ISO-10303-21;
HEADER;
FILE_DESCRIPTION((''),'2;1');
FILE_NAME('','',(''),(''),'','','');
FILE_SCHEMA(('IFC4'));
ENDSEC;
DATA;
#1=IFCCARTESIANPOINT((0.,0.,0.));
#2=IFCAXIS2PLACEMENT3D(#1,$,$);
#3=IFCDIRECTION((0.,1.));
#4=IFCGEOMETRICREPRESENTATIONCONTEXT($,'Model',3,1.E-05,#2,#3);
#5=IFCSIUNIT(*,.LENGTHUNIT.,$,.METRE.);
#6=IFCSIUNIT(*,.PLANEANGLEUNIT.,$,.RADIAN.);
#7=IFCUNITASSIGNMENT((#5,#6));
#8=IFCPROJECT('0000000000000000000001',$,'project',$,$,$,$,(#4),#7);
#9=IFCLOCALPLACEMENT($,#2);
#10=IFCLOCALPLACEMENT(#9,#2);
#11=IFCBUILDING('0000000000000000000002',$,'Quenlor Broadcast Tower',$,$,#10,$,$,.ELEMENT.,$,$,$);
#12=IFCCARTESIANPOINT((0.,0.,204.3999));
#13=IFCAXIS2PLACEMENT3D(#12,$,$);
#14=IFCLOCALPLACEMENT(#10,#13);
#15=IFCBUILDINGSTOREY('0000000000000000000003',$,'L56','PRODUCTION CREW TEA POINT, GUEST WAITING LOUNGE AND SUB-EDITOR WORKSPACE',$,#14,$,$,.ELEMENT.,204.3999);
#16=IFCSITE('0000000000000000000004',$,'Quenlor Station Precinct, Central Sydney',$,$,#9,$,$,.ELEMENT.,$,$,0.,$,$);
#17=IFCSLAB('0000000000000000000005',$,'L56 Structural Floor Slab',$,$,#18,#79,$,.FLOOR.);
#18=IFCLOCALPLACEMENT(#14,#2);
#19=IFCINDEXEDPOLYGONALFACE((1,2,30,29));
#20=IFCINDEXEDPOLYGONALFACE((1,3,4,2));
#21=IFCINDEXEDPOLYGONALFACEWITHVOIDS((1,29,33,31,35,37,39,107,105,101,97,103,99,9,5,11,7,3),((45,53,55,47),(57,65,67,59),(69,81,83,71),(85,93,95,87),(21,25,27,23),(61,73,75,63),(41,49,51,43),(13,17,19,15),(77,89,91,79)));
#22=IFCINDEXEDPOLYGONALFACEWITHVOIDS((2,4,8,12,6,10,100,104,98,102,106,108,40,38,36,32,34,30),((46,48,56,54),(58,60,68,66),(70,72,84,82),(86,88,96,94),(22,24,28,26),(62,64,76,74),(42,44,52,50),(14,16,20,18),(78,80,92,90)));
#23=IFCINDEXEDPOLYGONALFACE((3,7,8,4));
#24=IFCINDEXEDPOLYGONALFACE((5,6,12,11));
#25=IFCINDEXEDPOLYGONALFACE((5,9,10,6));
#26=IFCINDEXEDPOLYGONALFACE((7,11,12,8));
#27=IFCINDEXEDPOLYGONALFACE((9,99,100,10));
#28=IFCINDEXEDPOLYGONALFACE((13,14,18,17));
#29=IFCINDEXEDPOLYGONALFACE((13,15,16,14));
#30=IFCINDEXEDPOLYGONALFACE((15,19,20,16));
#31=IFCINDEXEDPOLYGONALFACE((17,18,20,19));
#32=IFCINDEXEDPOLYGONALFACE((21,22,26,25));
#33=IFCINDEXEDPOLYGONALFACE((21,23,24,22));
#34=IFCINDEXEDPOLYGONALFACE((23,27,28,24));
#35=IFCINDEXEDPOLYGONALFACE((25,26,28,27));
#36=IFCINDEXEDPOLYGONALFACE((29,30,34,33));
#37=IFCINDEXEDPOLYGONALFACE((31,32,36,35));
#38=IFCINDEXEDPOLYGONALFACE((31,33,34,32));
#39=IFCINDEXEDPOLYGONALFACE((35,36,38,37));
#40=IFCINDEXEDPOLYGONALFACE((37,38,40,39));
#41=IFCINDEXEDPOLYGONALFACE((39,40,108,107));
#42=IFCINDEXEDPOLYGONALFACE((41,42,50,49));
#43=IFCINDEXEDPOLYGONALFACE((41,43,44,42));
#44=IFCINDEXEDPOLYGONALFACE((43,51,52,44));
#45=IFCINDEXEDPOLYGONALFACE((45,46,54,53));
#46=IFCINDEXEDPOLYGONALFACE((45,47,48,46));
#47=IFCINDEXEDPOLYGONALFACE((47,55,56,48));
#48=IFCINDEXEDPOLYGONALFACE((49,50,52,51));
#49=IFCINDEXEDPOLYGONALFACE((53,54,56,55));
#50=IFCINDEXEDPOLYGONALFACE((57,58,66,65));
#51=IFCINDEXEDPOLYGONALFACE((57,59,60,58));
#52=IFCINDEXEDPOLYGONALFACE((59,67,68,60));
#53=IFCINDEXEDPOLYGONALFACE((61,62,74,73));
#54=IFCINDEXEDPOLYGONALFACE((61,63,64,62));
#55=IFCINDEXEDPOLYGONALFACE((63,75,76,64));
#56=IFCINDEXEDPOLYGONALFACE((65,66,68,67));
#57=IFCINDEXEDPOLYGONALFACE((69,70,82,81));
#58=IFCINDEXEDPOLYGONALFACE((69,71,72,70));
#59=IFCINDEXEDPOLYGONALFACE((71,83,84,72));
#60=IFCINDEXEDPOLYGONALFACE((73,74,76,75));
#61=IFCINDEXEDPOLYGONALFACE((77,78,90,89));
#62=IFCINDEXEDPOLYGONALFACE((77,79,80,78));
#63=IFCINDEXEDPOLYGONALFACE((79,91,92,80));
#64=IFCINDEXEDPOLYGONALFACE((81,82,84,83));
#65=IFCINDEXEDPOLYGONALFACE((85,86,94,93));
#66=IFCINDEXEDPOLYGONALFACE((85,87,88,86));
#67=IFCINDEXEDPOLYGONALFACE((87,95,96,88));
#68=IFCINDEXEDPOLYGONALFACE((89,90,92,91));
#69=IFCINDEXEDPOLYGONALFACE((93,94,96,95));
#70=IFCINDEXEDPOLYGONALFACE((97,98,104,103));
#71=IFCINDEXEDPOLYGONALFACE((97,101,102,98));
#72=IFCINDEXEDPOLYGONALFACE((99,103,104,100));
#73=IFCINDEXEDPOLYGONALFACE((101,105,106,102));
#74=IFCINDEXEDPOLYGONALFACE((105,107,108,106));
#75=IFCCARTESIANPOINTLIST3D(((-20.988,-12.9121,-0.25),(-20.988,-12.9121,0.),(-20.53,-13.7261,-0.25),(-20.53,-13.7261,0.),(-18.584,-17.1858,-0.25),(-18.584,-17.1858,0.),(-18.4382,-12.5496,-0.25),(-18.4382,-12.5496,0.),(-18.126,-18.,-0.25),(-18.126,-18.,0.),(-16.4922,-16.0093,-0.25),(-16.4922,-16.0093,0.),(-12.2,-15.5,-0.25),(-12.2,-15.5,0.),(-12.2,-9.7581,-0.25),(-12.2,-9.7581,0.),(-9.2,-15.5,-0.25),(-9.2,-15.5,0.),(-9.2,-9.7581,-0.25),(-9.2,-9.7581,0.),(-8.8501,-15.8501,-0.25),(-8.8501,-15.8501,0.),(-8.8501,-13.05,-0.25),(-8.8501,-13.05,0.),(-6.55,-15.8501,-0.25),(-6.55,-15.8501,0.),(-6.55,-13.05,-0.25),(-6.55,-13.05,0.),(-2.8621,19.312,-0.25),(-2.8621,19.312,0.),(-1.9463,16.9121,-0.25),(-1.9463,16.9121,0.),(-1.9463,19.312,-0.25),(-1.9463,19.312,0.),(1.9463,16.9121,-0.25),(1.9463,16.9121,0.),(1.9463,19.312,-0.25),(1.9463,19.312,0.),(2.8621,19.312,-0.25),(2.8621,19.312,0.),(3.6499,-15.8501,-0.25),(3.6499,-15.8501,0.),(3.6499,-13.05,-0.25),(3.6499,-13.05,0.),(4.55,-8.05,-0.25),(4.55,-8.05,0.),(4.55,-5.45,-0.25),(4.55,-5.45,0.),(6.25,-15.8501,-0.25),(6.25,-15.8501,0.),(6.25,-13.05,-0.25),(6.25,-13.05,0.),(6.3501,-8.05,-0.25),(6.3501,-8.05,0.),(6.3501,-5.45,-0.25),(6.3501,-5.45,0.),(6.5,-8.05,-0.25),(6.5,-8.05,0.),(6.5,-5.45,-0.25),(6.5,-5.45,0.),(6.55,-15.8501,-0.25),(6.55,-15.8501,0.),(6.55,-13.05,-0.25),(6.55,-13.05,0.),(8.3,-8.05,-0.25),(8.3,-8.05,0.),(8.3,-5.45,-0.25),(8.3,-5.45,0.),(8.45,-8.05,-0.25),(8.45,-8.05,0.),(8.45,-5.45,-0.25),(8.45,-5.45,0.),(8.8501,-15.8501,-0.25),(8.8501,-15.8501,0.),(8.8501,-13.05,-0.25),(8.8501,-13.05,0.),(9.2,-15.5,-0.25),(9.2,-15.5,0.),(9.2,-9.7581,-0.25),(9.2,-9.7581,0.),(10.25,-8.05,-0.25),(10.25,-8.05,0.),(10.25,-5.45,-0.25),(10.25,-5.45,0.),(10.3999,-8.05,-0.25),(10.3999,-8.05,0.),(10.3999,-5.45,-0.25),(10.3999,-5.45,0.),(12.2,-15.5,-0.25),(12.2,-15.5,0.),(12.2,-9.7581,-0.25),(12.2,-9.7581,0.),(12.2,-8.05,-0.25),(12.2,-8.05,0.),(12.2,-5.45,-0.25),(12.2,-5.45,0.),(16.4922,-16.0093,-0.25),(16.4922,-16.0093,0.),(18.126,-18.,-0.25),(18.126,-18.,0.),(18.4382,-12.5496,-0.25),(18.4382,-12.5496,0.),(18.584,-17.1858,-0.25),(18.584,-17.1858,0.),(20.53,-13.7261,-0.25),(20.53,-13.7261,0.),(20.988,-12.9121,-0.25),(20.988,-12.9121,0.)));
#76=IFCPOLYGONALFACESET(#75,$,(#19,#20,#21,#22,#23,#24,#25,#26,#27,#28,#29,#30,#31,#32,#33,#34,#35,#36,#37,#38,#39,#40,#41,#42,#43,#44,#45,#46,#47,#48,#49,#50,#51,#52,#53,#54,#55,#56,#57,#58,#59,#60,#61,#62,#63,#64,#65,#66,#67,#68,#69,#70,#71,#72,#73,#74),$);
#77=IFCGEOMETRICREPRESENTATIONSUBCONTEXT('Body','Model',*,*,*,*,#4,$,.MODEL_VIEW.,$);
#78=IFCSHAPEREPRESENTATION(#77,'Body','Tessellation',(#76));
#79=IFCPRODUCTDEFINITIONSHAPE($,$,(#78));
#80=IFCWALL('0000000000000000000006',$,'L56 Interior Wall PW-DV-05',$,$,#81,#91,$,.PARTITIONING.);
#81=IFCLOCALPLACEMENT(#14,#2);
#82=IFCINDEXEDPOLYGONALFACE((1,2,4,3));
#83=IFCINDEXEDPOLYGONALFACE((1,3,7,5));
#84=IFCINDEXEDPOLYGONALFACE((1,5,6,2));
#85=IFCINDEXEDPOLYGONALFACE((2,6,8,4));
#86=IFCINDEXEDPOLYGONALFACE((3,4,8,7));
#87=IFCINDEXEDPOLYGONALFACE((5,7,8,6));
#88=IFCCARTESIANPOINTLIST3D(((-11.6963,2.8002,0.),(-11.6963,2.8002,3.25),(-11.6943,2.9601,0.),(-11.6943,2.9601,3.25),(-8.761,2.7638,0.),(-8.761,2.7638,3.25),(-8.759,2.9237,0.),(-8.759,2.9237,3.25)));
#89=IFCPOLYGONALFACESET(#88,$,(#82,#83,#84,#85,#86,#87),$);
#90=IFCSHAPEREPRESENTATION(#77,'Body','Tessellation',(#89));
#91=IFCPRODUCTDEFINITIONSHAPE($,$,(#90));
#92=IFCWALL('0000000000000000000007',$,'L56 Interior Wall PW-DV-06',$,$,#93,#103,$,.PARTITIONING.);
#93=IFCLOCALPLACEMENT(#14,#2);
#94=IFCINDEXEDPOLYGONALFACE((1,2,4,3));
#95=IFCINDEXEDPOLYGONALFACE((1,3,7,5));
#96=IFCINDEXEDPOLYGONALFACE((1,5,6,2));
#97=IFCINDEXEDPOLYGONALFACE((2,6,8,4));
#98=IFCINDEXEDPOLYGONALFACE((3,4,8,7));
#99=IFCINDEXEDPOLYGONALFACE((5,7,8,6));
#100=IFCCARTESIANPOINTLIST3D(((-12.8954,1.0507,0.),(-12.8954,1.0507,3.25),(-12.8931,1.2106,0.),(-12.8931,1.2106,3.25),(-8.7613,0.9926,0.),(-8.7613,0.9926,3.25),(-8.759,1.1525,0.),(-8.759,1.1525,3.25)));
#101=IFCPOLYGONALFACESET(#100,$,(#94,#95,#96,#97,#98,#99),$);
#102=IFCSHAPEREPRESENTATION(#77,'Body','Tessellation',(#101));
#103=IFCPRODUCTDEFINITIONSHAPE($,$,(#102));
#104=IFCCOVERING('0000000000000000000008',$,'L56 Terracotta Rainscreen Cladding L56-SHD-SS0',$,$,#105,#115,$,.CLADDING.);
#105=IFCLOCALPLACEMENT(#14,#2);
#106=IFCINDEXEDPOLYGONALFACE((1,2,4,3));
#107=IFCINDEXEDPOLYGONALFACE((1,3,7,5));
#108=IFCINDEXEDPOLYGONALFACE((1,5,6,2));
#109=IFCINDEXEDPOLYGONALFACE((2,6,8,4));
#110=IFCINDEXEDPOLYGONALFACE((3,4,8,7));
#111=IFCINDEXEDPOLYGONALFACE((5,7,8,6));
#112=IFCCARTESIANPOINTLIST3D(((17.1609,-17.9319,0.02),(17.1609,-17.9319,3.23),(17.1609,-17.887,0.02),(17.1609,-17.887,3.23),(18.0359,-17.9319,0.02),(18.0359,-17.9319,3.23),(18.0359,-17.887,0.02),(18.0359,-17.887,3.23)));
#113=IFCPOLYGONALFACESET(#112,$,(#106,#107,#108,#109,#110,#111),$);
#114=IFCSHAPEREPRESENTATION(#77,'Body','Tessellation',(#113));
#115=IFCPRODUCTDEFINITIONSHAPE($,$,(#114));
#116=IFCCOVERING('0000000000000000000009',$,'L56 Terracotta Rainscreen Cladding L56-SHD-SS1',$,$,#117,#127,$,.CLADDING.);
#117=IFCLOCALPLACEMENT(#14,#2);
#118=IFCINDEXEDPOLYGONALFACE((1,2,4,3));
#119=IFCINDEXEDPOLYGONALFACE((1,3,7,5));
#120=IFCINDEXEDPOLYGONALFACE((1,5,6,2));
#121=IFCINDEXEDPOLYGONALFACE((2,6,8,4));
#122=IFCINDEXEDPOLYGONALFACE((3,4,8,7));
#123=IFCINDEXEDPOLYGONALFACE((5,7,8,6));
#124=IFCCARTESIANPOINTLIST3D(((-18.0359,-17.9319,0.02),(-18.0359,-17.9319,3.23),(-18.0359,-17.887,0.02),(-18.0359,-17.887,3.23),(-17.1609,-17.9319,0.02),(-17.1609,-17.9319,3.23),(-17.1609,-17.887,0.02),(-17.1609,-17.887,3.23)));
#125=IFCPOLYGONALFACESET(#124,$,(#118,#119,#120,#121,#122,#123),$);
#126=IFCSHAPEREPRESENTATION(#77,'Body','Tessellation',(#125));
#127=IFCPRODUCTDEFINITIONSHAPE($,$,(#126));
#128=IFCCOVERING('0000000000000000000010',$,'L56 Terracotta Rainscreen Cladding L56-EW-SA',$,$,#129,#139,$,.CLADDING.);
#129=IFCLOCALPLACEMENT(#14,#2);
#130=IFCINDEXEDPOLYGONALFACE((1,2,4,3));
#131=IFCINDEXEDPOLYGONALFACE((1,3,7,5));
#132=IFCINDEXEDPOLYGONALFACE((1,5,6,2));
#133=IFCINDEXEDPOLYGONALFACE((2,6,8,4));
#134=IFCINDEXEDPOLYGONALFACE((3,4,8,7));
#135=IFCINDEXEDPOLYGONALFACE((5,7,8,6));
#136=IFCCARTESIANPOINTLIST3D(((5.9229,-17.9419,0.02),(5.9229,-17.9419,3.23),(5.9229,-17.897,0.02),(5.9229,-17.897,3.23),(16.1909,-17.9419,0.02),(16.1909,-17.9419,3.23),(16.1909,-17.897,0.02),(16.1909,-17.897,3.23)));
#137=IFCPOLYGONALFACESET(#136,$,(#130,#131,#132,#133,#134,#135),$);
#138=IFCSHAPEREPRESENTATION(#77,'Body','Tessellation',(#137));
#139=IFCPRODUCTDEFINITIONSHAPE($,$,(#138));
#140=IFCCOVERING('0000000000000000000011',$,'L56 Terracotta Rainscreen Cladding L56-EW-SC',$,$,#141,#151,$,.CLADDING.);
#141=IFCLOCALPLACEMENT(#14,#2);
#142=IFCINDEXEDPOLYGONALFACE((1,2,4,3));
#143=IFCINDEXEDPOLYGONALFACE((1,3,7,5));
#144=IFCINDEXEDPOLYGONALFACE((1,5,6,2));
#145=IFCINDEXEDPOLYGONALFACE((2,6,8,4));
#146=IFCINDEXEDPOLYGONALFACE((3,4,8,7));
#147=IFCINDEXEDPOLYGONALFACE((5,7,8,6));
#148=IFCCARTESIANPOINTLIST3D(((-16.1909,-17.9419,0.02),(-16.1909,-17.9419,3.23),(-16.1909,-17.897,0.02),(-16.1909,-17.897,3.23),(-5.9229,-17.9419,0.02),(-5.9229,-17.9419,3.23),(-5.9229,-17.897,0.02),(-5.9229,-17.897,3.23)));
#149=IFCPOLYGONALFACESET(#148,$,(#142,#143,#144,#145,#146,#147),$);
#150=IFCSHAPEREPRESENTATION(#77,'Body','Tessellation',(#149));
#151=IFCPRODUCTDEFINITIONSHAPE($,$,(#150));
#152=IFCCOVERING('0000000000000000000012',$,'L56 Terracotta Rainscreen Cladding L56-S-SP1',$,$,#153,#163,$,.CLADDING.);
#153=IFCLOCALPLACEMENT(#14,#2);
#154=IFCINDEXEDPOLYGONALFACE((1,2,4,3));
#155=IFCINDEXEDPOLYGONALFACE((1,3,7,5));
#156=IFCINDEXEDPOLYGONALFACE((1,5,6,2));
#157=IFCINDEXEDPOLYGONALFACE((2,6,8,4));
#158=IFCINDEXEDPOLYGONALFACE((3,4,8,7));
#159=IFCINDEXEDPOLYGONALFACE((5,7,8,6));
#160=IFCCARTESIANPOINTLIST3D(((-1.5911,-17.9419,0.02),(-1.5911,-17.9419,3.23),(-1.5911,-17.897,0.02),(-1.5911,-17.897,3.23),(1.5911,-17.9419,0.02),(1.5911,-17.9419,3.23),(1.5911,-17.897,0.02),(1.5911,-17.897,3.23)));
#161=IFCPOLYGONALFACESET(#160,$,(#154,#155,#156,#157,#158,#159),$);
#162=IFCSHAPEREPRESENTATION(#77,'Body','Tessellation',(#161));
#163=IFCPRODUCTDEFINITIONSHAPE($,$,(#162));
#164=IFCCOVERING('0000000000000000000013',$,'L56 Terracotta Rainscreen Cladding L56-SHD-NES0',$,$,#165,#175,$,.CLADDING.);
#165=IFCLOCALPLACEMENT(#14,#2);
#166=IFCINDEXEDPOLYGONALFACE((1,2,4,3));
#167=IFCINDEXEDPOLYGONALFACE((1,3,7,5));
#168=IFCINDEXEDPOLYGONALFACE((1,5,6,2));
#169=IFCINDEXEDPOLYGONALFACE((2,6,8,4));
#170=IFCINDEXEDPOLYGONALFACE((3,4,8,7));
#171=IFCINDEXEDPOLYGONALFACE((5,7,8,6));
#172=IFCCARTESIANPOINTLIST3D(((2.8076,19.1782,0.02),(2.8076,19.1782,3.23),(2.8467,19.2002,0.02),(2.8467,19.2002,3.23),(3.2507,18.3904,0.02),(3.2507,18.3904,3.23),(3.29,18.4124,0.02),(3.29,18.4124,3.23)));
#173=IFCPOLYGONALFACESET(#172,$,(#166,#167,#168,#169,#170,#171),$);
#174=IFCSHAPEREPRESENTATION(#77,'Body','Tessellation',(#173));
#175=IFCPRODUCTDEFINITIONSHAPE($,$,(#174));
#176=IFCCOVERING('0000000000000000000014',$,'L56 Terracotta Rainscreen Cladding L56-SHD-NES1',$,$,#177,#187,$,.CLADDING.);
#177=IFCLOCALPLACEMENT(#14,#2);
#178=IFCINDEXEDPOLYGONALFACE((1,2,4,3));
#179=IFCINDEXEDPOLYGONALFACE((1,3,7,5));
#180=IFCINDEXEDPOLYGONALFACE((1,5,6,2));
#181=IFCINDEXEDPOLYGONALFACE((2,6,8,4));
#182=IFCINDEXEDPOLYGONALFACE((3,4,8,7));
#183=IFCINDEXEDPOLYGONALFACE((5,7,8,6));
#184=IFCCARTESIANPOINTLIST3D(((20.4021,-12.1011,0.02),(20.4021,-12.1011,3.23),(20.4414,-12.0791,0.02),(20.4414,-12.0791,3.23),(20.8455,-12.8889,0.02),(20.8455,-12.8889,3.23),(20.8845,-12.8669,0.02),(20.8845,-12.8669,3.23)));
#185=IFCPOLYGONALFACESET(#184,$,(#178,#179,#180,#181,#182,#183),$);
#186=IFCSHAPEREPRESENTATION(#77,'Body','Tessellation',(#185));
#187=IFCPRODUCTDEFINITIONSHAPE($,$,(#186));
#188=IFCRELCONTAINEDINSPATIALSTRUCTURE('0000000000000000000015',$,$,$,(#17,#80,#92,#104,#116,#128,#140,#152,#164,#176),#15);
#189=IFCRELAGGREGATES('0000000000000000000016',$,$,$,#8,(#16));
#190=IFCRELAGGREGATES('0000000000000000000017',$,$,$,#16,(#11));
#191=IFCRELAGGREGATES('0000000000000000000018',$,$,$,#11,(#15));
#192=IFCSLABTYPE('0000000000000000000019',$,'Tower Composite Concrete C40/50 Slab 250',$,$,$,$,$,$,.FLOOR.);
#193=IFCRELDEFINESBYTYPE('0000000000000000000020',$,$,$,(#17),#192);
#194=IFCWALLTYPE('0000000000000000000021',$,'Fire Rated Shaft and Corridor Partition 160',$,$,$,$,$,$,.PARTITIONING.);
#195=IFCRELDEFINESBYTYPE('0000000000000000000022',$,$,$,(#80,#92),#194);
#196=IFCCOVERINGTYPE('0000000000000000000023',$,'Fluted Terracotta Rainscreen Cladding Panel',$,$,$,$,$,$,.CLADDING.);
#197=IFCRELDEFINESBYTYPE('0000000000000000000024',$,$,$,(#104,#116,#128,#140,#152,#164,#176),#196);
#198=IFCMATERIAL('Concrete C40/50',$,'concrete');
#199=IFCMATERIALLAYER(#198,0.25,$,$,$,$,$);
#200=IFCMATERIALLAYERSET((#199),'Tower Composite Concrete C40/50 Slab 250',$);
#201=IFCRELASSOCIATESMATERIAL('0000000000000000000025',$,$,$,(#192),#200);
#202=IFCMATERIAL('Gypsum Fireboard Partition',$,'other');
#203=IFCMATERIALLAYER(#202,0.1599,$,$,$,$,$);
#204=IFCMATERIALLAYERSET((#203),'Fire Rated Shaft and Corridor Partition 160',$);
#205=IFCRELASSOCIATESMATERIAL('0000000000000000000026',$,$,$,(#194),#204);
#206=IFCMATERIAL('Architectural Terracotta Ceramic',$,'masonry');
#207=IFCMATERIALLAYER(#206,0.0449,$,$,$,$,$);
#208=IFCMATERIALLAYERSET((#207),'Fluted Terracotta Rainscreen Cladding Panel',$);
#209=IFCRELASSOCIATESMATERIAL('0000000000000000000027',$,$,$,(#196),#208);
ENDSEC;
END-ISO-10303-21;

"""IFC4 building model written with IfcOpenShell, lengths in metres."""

from ifc_helpers import new_model, si_unit, direction, frame, frame_2d, origin, place, context, subcontext, project, spatial, polyline, rectangle, outline, extrude, material, layer, layer_set, type_object, element, save


model = new_model("IFC4")

# Units and contexts
model_context = context("Model", 3, precision=1e-05, world=origin(), true_north=direction((0.0, 1.0)))
body_context = subcontext(model_context, "Body", "Model", "MODEL_VIEW")
ifc_project = project(units=[si_unit("LENGTHUNIT", "METRE"), si_unit("PLANEANGLEUNIT", "RADIAN")], contexts=[model_context])

# Site, building, storey
site_placement = place(None, origin())
site = spatial("IfcSite", under=ifc_project, at=site_placement, Name="Quenlor Station Precinct, Central Sydney", CompositionType="ELEMENT", RefElevation=0.0)
building_placement = place(site_placement, origin())
building = spatial("IfcBuilding", under=site, at=building_placement, Name="Quenlor Broadcast Tower", CompositionType="ELEMENT")
storey_placement = place(building_placement, frame((0.0, 0.0, 204.3999)))
storey = spatial("IfcBuildingStorey", under=building, at=storey_placement, Name="L56", Description="PRODUCTION CREW TEA POINT, GUEST WAITING LOUNGE AND SUB-EDITOR WORKSPACE", CompositionType="ELEMENT", Elevation=204.3999)

# Slab
ifc_material_1 = material(Name="Concrete C40/50", Category="concrete")
ifc_layer_1 = layer(ifc_material_1, 0.25)
ifc_layer_set_1 = layer_set([ifc_layer_1], Name="Tower Composite Concrete C40/50 Slab 250")
slab_type = type_object("IfcSlabType", Name="Tower Composite Concrete C40/50 Slab 250", PredefinedType="FLOOR", material=ifc_layer_set_1)
slab_placement = place(storey_placement, frame((0.0, 0.0, -0.25)))
element("IfcSlab", 1, at=slab_placement, inside=storey, type_object=slab_type, Name="L56 Structural Floor Slab", PredefinedType="FLOOR", context=body_context, shape_type="SweptSolid", body=[
    extrude(outline(polyline([(18.126, -18.0), (18.584, -17.1858), (16.4922, -16.0093), (18.4382, -12.5496), (20.53, -13.7261), (20.988, -12.9121), (2.8621, 19.312), (1.9463, 19.312), (1.9463, 16.9121), (-1.9463, 16.9121), (-1.9463, 19.312), (-2.8621, 19.312), (-20.988, -12.9121), (-20.53, -13.7261), (-18.4382, -12.5496), (-16.4922, -16.0093), (-18.584, -17.1858), (-18.126, -18.0), (18.126, -18.0)]), holes=[polyline([(-12.2, -9.7581), (-12.2, -15.5), (-9.2, -15.5), (-9.2, -9.7581), (-12.2, -9.7581)]), polyline([(9.2, -9.7581), (9.2, -15.5), (12.2, -15.5), (12.2, -9.7581), (9.2, -9.7581)]), polyline([(4.55, -8.05), (6.3501, -8.05), (6.3501, -5.45), (4.55, -5.45), (4.55, -8.05)]), polyline([(6.5, -8.05), (8.3, -8.05), (8.3, -5.45), (6.5, -5.45), (6.5, -8.05)]), polyline([(8.45, -8.05), (10.25, -8.05), (10.25, -5.45), (8.45, -5.45), (8.45, -8.05)]), polyline([(10.3999, -8.05), (12.2, -8.05), (12.2, -5.45), (10.3999, -5.45), (10.3999, -8.05)]), polyline([(-8.8501, -15.8501), (-6.55, -15.8501), (-6.55, -13.05), (-8.8501, -13.05), (-8.8501, -15.8501)]), polyline([(6.55, -15.8501), (8.8501, -15.8501), (8.8501, -13.05), (6.55, -13.05), (6.55, -15.8501)]), polyline([(3.6499, -15.8501), (6.25, -15.8501), (6.25, -13.05), (3.6499, -13.05), (3.6499, -15.8501)])]), origin(), (0.0, 0.0, 1.0), 0.25),
])

# Walls
ifc_material_2 = material(Name="Gypsum Fireboard Partition", Category="other")
ifc_layer_2 = layer(ifc_material_2, 0.1599)
ifc_layer_set_2 = layer_set([ifc_layer_2], Name="Fire Rated Shaft and Corridor Partition 160")
wall_type = type_object("IfcWallType", Name="Fire Rated Shaft and Corridor Partition 160", PredefinedType="PARTITIONING", material=ifc_layer_set_2)
wall_1_placement = place(storey_placement, frame((-8.76, 2.8438, 0.0), z_axis=(0.0, 0.0, 1.0), x_axis=(-0.999923, 0.012392, 0.0)))
element("IfcWall", 2, at=wall_1_placement, inside=storey, type_object=wall_type, Name="L56 Interior Wall PW-DV-05", PredefinedType="PARTITIONING", context=body_context, shape_type="SweptSolid", body=[
    extrude(rectangle(XDim=2.9355, YDim=0.1599, at=frame_2d((1.4678, 0.0))), origin(), (0.0, 0.0, 1.0), 3.25),
])
wall_2_placement = place(storey_placement, frame((-8.76, 1.0725, 0.0), z_axis=(0.0, 0.0, 1.0), x_axis=(-0.999901, 0.014054, 0.0)))
element("IfcWall", 3, at=wall_2_placement, inside=storey, type_object=wall_type, Name="L56 Interior Wall PW-DV-06", PredefinedType="PARTITIONING", context=body_context, shape_type="SweptSolid", body=[
    extrude(rectangle(XDim=4.1345, YDim=0.1599, at=frame_2d((2.0674, 0.0))), origin(), (0.0, 0.0, 1.0), 3.25),
])

# Coverings
ifc_material_3 = material(Name="Architectural Terracotta Ceramic", Category="masonry")
ifc_layer_3 = layer(ifc_material_3, 0.0449)
ifc_layer_set_3 = layer_set([ifc_layer_3], Name="Fluted Terracotta Rainscreen Cladding Panel")
covering_type = type_object("IfcCoveringType", Name="Fluted Terracotta Rainscreen Cladding Panel", PredefinedType="CLADDING", material=ifc_layer_set_3)
covering_1_placement = place(storey_placement, frame((0.0, 0.0, 0.02)))
element("IfcCovering", 4, at=covering_1_placement, inside=storey, type_object=covering_type, Name="L56 Terracotta Rainscreen Cladding L56-SHD-SS0", PredefinedType="CLADDING", context=body_context, shape_type="SweptSolid", body=[
    extrude(outline(polyline([(18.0359, -17.887), (17.1609, -17.887), (17.1609, -17.9319), (18.0359, -17.9319), (18.0359, -17.887)])), origin(), (0.0, 0.0, 1.0), 3.21),
])
covering_2_placement = place(storey_placement, frame((0.0, 0.0, 0.02)))
element("IfcCovering", 5, at=covering_2_placement, inside=storey, type_object=covering_type, Name="L56 Terracotta Rainscreen Cladding L56-SHD-SS1", PredefinedType="CLADDING", context=body_context, shape_type="SweptSolid", body=[
    extrude(outline(polyline([(-17.1609, -17.887), (-18.0359, -17.887), (-18.0359, -17.9319), (-17.1609, -17.9319), (-17.1609, -17.887)])), origin(), (0.0, 0.0, 1.0), 3.21),
])
covering_3_placement = place(storey_placement, frame((0.0, 0.0, 0.02)))
element("IfcCovering", 6, at=covering_3_placement, inside=storey, type_object=covering_type, Name="L56 Terracotta Rainscreen Cladding L56-EW-SA", PredefinedType="CLADDING", context=body_context, shape_type="SweptSolid", body=[
    extrude(outline(polyline([(16.1909, -17.897), (5.9229, -17.897), (5.9229, -17.9419), (16.1909, -17.9419), (16.1909, -17.897)])), origin(), (0.0, 0.0, 1.0), 3.21),
])
covering_4_placement = place(storey_placement, frame((0.0, 0.0, 0.02)))
element("IfcCovering", 7, at=covering_4_placement, inside=storey, type_object=covering_type, Name="L56 Terracotta Rainscreen Cladding L56-EW-SC", PredefinedType="CLADDING", context=body_context, shape_type="SweptSolid", body=[
    extrude(outline(polyline([(-5.9229, -17.897), (-16.1909, -17.897), (-16.1909, -17.9419), (-5.9229, -17.9419), (-5.9229, -17.897)])), origin(), (0.0, 0.0, 1.0), 3.21),
])
covering_5_placement = place(storey_placement, frame((0.0, 0.0, 0.02)))
element("IfcCovering", 8, at=covering_5_placement, inside=storey, type_object=covering_type, Name="L56 Terracotta Rainscreen Cladding L56-S-SP1", PredefinedType="CLADDING", context=body_context, shape_type="SweptSolid", body=[
    extrude(outline(polyline([(1.5911, -17.897), (-1.5911, -17.897), (-1.5911, -17.9419), (1.5911, -17.9419), (1.5911, -17.897)])), origin(), (0.0, 0.0, 1.0), 3.21),
])
covering_6_placement = place(storey_placement, frame((0.0, 0.0, 0.02)))
element("IfcCovering", 9, at=covering_6_placement, inside=storey, type_object=covering_type, Name="L56 Terracotta Rainscreen Cladding L56-SHD-NES0", PredefinedType="CLADDING", context=body_context, shape_type="SweptSolid", body=[
    extrude(outline(polyline([(2.8076, 19.1782), (3.2507, 18.3904), (3.29, 18.4124), (2.8467, 19.2002), (2.8076, 19.1782)])), origin(), (0.0, 0.0, 1.0), 3.21),
])
covering_7_placement = place(storey_placement, frame((0.0, 0.0, 0.02)))
element("IfcCovering", 10, at=covering_7_placement, inside=storey, type_object=covering_type, Name="L56 Terracotta Rainscreen Cladding L56-SHD-NES1", PredefinedType="CLADDING", context=body_context, shape_type="SweptSolid", body=[
    extrude(outline(polyline([(20.4021, -12.1011), (20.8455, -12.8889), (20.8845, -12.8669), (20.4414, -12.0791), (20.4021, -12.1011)])), origin(), (0.0, 0.0, 1.0), 3.21),
])

save(model, "model.ifc")
